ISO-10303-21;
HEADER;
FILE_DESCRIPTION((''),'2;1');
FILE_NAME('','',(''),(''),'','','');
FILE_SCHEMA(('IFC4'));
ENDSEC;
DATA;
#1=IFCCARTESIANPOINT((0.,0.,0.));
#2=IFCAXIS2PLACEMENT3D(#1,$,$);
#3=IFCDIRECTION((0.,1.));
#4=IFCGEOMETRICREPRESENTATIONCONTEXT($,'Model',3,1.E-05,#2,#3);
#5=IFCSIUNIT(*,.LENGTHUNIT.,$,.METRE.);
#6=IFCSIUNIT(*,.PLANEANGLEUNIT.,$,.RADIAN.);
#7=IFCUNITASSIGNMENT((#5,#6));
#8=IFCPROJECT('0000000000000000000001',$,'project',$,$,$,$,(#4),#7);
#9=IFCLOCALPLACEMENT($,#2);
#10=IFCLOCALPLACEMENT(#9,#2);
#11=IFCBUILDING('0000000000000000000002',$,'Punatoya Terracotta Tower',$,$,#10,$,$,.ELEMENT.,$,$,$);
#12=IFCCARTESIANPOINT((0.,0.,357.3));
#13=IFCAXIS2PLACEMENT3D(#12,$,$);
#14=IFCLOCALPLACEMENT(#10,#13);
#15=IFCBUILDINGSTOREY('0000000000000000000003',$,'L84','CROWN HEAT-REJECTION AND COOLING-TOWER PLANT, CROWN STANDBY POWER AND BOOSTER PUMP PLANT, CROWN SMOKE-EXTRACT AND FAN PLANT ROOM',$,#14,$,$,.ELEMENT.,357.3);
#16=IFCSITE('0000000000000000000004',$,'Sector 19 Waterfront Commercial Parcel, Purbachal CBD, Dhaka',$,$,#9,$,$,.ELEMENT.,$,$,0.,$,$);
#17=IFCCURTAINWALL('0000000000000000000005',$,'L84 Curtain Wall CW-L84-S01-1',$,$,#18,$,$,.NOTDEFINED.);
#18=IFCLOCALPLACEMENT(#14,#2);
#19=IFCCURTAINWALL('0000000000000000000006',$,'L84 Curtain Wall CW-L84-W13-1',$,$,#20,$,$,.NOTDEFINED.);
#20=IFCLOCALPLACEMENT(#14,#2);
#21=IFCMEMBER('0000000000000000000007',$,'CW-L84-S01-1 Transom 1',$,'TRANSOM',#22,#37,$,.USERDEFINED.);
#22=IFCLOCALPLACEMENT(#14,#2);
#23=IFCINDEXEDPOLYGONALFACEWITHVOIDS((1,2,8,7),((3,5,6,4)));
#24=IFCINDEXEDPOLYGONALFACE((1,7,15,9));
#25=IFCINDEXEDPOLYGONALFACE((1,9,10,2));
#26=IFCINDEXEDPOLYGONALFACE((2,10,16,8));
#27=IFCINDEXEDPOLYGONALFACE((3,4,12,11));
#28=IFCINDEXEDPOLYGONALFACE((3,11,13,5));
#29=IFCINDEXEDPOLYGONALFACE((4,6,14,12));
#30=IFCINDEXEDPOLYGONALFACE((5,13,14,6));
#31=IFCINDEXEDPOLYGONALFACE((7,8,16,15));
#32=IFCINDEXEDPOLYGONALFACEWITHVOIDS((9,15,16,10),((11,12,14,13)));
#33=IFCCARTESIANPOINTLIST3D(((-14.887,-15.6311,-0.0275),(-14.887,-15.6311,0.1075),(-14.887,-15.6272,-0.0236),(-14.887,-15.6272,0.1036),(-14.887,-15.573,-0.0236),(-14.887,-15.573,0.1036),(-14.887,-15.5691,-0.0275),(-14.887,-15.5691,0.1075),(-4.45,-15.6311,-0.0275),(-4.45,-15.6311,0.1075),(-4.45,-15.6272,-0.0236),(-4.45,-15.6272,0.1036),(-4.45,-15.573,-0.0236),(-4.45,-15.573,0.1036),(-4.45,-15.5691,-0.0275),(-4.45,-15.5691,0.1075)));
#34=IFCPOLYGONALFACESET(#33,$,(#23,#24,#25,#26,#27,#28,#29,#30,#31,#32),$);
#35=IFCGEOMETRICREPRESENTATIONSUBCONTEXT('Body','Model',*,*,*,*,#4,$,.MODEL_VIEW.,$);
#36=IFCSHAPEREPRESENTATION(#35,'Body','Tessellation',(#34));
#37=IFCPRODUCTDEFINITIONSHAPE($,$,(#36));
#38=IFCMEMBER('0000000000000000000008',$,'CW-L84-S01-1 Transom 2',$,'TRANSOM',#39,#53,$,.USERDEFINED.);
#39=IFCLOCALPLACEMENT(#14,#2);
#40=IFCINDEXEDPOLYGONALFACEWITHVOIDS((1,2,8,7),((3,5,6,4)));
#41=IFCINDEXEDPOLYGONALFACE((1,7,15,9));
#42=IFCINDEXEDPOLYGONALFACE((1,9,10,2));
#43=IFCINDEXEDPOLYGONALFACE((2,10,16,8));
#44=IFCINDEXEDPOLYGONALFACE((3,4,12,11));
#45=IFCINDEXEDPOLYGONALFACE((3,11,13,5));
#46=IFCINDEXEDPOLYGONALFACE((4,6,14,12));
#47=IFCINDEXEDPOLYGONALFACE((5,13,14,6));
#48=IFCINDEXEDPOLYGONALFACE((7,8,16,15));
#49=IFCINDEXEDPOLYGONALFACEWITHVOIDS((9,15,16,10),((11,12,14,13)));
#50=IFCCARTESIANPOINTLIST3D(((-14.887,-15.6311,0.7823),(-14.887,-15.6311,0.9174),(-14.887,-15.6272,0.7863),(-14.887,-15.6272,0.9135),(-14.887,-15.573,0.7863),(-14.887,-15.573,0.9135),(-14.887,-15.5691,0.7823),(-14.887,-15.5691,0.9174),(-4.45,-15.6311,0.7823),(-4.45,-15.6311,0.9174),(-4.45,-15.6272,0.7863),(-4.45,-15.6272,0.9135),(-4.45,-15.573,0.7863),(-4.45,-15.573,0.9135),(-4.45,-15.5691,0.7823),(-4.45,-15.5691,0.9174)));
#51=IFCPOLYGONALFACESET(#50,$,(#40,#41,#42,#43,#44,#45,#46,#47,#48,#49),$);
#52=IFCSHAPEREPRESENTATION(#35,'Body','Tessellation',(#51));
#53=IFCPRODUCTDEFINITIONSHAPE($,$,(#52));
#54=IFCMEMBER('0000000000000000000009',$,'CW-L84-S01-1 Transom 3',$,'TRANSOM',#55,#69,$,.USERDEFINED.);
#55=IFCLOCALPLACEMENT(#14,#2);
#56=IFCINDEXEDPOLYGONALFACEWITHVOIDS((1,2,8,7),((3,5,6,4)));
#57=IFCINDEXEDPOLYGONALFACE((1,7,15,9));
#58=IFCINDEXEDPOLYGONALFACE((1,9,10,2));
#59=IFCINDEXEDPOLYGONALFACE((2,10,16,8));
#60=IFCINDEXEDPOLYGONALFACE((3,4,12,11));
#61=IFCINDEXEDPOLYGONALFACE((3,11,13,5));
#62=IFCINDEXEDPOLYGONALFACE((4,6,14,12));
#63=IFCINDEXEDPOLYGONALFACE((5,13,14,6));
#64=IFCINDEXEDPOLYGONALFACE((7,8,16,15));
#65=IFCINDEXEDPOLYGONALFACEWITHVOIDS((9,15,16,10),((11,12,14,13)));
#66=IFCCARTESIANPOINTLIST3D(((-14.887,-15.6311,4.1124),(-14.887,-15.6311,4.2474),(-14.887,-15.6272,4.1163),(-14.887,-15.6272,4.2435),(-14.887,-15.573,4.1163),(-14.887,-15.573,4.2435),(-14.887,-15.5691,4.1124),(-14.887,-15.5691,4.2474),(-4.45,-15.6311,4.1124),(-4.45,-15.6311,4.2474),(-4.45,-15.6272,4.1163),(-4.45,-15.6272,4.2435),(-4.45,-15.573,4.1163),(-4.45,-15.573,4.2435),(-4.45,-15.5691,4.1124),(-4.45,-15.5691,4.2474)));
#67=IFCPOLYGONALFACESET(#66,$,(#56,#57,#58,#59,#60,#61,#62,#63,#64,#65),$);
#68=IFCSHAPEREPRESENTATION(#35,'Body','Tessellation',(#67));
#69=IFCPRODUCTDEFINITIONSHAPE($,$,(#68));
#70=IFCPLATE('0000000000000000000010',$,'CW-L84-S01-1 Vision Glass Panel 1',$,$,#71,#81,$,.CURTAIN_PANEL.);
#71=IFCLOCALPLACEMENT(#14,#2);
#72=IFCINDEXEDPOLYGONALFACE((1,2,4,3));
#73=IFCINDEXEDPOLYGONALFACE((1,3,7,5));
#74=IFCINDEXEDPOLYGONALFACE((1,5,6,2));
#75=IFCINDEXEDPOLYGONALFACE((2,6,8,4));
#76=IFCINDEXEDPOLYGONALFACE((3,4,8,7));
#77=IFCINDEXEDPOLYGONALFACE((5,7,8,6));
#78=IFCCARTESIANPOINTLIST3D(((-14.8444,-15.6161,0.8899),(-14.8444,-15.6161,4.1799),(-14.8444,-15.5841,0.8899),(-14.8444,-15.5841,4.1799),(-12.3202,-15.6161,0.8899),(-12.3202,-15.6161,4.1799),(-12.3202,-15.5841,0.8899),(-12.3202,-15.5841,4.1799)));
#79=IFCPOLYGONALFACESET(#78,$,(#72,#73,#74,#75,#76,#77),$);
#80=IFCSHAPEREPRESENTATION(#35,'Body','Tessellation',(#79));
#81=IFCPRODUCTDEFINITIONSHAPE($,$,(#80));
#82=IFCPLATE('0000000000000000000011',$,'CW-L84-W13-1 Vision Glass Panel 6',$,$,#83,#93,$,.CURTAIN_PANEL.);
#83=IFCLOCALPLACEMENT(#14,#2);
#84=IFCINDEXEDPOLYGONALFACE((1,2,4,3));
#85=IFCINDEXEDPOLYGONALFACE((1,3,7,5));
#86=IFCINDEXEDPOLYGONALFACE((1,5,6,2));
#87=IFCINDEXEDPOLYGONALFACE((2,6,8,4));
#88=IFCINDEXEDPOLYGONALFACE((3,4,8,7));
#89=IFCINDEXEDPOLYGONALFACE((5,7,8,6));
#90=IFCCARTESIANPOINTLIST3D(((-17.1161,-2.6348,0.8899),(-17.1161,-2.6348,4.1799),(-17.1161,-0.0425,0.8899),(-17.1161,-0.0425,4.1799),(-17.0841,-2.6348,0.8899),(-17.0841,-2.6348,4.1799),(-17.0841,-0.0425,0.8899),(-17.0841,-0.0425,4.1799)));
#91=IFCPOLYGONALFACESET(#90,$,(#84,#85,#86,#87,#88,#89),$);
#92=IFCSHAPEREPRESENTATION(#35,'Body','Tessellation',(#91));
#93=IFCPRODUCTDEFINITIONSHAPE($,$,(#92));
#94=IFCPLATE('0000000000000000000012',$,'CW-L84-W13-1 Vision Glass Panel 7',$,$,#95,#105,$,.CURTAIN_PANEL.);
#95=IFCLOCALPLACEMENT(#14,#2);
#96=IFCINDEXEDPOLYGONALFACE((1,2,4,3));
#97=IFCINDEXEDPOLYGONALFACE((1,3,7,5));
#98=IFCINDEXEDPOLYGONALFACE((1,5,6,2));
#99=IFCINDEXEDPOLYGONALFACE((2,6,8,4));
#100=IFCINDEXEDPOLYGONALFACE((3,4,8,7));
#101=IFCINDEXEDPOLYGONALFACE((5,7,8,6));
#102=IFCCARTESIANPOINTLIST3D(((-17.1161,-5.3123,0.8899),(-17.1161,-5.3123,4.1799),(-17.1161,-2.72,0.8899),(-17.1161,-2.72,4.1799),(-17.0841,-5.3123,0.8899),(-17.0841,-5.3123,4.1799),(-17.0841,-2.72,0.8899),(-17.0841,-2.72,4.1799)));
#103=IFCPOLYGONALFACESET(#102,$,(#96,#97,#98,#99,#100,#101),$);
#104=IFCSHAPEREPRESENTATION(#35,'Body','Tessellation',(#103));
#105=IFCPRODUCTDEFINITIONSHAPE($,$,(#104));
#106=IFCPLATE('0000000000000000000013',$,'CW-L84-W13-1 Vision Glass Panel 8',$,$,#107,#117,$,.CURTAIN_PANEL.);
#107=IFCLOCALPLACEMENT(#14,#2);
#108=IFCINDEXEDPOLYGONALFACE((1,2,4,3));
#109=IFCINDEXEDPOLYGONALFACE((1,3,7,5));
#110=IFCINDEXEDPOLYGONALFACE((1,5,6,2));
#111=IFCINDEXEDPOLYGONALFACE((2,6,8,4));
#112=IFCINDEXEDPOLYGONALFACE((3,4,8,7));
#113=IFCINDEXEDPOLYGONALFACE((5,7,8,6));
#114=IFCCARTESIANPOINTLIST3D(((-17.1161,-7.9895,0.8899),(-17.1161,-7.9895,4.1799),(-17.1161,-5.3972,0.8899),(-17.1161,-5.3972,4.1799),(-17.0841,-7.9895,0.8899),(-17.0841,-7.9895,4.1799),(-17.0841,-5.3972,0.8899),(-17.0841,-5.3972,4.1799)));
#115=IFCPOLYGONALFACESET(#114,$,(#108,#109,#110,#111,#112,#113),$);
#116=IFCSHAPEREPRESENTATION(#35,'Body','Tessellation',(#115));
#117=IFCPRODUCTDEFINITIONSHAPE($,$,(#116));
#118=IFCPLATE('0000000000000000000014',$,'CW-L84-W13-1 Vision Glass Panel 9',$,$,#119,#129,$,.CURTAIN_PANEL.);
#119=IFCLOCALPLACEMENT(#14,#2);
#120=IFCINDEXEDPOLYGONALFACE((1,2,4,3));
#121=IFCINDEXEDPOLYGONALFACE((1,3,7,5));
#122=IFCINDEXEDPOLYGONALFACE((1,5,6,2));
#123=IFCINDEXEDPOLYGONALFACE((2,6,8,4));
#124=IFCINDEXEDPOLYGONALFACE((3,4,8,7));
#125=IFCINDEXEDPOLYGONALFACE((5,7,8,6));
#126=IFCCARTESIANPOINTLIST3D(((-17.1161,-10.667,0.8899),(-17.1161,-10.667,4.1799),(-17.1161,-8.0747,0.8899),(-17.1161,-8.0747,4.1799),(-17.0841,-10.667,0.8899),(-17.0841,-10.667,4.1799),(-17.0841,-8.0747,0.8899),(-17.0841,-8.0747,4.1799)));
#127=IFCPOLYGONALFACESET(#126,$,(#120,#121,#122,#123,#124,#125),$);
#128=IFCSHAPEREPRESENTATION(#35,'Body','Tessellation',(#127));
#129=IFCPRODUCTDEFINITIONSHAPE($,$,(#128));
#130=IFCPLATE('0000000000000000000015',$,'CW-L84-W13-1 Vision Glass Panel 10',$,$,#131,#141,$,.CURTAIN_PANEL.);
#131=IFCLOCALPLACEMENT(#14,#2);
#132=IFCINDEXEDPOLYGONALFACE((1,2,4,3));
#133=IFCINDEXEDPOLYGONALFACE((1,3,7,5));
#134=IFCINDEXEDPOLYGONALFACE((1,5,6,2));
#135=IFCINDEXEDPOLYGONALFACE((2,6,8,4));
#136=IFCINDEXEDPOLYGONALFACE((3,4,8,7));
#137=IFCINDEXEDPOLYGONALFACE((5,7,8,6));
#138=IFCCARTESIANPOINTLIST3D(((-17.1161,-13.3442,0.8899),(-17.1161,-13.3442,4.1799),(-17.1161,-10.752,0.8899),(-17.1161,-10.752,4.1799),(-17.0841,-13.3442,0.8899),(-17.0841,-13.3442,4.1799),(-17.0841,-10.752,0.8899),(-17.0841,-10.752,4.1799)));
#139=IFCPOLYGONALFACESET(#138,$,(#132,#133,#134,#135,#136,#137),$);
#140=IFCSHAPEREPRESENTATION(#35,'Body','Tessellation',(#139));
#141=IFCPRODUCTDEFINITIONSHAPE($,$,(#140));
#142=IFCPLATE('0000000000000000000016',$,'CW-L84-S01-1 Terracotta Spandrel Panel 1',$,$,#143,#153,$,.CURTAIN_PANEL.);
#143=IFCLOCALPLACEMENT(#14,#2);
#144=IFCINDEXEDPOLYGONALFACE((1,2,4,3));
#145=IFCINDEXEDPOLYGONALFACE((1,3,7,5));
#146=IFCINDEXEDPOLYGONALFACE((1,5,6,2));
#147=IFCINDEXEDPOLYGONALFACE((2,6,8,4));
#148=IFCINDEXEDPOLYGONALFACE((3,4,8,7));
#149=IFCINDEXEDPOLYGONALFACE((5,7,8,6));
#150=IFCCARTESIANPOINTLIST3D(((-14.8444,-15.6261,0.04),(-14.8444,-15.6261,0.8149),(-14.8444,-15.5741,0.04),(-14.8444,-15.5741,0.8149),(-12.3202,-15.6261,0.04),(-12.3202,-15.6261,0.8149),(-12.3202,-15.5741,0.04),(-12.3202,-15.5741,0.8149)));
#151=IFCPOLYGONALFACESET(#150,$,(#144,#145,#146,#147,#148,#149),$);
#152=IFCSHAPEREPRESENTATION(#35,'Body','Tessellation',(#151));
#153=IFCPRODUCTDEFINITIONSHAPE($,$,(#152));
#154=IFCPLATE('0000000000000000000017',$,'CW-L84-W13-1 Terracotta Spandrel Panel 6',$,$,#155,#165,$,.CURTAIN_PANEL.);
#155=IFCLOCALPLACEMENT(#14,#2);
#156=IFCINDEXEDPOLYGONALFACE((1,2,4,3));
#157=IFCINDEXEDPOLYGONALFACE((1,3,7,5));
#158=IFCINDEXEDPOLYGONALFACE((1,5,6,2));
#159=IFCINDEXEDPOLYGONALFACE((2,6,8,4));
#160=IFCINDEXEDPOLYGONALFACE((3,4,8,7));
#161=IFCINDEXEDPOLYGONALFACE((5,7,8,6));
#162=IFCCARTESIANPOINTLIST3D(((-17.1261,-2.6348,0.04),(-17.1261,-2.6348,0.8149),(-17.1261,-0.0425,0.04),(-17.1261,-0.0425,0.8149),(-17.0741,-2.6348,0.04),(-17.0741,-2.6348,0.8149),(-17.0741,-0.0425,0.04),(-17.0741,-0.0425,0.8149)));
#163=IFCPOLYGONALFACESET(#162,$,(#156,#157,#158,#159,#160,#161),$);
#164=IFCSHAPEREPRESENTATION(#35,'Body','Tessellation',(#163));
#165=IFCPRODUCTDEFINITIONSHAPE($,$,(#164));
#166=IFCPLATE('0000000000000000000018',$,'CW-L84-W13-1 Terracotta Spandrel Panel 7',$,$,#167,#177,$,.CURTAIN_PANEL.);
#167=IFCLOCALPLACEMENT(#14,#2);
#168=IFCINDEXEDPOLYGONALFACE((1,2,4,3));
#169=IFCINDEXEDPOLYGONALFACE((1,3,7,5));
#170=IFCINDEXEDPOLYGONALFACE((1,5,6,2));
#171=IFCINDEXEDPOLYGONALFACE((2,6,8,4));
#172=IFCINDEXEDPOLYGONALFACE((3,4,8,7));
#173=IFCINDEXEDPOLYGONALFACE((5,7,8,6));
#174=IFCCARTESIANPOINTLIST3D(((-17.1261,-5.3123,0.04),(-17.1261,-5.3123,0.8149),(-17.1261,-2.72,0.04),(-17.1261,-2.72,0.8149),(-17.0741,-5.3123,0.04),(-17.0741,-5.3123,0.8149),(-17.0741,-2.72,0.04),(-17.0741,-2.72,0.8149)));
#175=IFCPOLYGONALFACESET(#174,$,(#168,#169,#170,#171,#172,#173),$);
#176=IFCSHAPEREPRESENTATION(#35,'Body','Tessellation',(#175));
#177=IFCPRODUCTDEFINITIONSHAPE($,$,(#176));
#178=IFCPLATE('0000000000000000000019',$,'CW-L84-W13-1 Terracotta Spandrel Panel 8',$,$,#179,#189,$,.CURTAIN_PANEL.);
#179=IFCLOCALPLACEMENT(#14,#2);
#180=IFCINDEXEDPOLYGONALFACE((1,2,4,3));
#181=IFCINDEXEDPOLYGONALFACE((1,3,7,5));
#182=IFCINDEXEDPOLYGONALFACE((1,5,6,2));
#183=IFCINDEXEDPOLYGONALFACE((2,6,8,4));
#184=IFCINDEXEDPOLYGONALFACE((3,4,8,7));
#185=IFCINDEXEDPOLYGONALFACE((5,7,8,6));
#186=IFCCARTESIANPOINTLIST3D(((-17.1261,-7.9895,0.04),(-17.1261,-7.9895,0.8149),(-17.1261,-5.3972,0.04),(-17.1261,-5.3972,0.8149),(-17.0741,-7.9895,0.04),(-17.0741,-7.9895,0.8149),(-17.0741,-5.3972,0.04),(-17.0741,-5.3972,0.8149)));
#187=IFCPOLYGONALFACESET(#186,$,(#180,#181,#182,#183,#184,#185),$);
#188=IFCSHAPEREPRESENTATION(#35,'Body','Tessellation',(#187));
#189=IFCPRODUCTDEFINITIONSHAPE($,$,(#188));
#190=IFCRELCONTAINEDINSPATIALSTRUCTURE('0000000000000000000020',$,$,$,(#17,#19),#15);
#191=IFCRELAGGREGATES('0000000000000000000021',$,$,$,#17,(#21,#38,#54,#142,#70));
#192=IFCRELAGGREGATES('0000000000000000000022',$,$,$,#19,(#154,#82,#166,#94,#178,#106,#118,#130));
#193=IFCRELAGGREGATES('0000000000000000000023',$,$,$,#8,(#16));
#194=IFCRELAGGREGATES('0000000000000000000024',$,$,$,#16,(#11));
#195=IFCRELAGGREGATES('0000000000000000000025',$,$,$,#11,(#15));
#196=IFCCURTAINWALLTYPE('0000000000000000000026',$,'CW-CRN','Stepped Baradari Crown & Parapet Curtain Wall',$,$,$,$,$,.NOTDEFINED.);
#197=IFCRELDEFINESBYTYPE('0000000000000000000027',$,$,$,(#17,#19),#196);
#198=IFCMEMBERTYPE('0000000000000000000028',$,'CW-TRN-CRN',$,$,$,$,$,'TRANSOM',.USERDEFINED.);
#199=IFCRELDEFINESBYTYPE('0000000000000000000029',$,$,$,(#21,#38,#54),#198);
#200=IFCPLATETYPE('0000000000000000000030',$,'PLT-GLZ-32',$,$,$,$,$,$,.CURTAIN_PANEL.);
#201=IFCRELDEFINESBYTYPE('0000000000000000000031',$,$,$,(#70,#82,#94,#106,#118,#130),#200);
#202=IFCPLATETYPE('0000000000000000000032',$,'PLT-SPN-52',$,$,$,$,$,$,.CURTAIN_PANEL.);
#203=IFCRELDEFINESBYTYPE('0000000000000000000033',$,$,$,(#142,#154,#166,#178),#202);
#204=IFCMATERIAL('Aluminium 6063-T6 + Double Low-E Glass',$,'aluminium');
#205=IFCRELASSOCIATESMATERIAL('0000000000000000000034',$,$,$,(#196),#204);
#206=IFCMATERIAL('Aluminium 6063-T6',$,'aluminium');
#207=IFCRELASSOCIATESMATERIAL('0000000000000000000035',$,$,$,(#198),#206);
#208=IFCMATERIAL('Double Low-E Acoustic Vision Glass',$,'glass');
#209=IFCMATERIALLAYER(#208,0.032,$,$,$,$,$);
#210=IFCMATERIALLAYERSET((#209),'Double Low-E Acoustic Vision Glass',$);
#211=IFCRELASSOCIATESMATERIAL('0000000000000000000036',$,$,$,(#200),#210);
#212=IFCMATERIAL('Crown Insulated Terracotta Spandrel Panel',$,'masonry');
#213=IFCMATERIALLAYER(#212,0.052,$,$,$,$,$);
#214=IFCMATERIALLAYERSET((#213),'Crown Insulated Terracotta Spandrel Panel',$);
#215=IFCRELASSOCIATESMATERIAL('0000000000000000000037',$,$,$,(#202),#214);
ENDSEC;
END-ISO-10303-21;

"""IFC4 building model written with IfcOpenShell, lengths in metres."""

from ifc_helpers import new_model, si_unit, direction, frame, origin, origin_2d, place, context, subcontext, project, spatial, rectangle, hollow_rectangle, extrude, material, layer, layer_set, material_profile, profile_set, type_object, element, aggregate, save


model = new_model("IFC4")

# Units and contexts
model_context = context("Model", 3, precision=1e-05, world=origin(), true_north=direction((0.0, 1.0)))
body_context = subcontext(model_context, "Body", "Model", "MODEL_VIEW")
ifc_project = project(units=[si_unit("LENGTHUNIT", "METRE"), si_unit("PLANEANGLEUNIT", "RADIAN")], contexts=[model_context])

# Site, building, storey
site_placement = place(None, origin())
site = spatial("IfcSite", under=ifc_project, at=site_placement, Name="Sector 19 Waterfront Commercial Parcel, Purbachal CBD, Dhaka", CompositionType="ELEMENT", RefElevation=0.0)
building_placement = place(site_placement, origin())
building = spatial("IfcBuilding", under=site, at=building_placement, Name="Punatoya Terracotta Tower", CompositionType="ELEMENT")
storey_placement = place(building_placement, frame((0.0, 0.0, 357.3)))
storey = spatial("IfcBuildingStorey", under=building, at=storey_placement, Name="L84", Description="CROWN HEAT-REJECTION AND COOLING-TOWER PLANT, CROWN STANDBY POWER AND BOOSTER PUMP PLANT, CROWN SMOKE-EXTRACT AND FAN PLANT ROOM", CompositionType="ELEMENT", Elevation=357.3)

# Curtain walls
ifc_material_1 = material(Name="Aluminium 6063-T6 + Double Low-E Glass", Category="aluminium")
curtain_wall_type = type_object("IfcCurtainWallType", Name="CW-CRN", Description="Stepped Baradari Crown & Parapet Curtain Wall", PredefinedType="NOTDEFINED", material=ifc_material_1)
curtain_wall_1_placement = place(storey_placement, origin())
curtain_wall_1 = element("IfcCurtainWall", 1, at=curtain_wall_1_placement, inside=storey, type_object=curtain_wall_type, Name="L84 Curtain Wall CW-L84-S01-1", PredefinedType="NOTDEFINED")
ifc_material_2 = material(Name="Aluminium 6063-T6", Category="aluminium")
curtain_wall_2_placement = place(storey_placement, origin())
curtain_wall_2 = element("IfcCurtainWall", 2, at=curtain_wall_2_placement, inside=storey, type_object=curtain_wall_type, Name="L84 Curtain Wall CW-L84-W13-1", PredefinedType="NOTDEFINED")

# Members
ifc_material_profile_1 = material_profile(ifc_material_2, hollow_rectangle(XDim=0.062, YDim=0.135, WallThickness=0.0039, at=origin_2d()))
ifc_profile_set_1 = profile_set([ifc_material_profile_1], Name="Aluminium 6063-T6")
member_type_1 = type_object("IfcMemberType", Name="CW-TRN-CRN", ElementType="TRANSOM", PredefinedType="USERDEFINED", material=ifc_profile_set_1)
member_1_placement = place(storey_placement, frame((-14.887, -15.6001, 0.04), z_axis=(1.0, 0.0, 0.0), x_axis=(0.0, 1.0, 0.0)))
member_1 = element("IfcMember", 3, at=member_1_placement, type_object=member_type_1, Name="CW-L84-S01-1 Transom 1", ObjectType="TRANSOM", PredefinedType="USERDEFINED", context=body_context, shape_type="SweptSolid", body=[
    extrude(hollow_rectangle(XDim=0.062, YDim=0.135, WallThickness=0.0039, at=origin_2d()), origin(), (0.0, 0.0, 1.0), 10.437),
])
member_2_placement = place(storey_placement, frame((-14.887, -15.6001, 0.8499), z_axis=(1.0, 0.0, 0.0), x_axis=(0.0, 1.0, 0.0)))
member_2 = element("IfcMember", 4, at=member_2_placement, type_object=member_type_1, Name="CW-L84-S01-1 Transom 2", ObjectType="TRANSOM", PredefinedType="USERDEFINED", context=body_context, shape_type="SweptSolid", body=[
    extrude(hollow_rectangle(XDim=0.062, YDim=0.135, WallThickness=0.0039, at=origin_2d()), origin(), (0.0, 0.0, 1.0), 10.437),
])
member_3_placement = place(storey_placement, frame((-14.887, -15.6001, 4.1799), z_axis=(1.0, 0.0, 0.0), x_axis=(0.0, 1.0, 0.0)))
member_3 = element("IfcMember", 5, at=member_3_placement, type_object=member_type_1, Name="CW-L84-S01-1 Transom 3", ObjectType="TRANSOM", PredefinedType="USERDEFINED", context=body_context, shape_type="SweptSolid", body=[
    extrude(hollow_rectangle(XDim=0.062, YDim=0.135, WallThickness=0.0039, at=origin_2d()), origin(), (0.0, 0.0, 1.0), 10.437),
])

# Plates
ifc_material_3 = material(Name="Double Low-E Acoustic Vision Glass", Category="glass")
ifc_layer_1 = layer(ifc_material_3, 0.032)
ifc_layer_set_1 = layer_set([ifc_layer_1], Name="Double Low-E Acoustic Vision Glass")
plate_type_1 = type_object("IfcPlateType", Name="PLT-GLZ-32", PredefinedType="CURTAIN_PANEL", material=ifc_layer_set_1)
plate_1_placement = place(storey_placement, frame((-13.5823, -15.6001, 0.8899), z_axis=(0.0, 0.0, 1.0), x_axis=(1.0, 0.0, 0.0)))
plate_1 = element("IfcPlate", 6, at=plate_1_placement, type_object=plate_type_1, Name="CW-L84-S01-1 Vision Glass Panel 1", PredefinedType="CURTAIN_PANEL", context=body_context, shape_type="SweptSolid", body=[
    extrude(rectangle(XDim=2.5242, YDim=0.032, at=origin_2d()), origin(), (0.0, 0.0, 1.0), 3.29),
])
plate_2_placement = place(storey_placement, frame((-17.1001, -1.3386, 0.8899), z_axis=(0.0, 0.0, 1.0), x_axis=(0.0, -1.0, 0.0)))
plate_2 = element("IfcPlate", 7, at=plate_2_placement, type_object=plate_type_1, Name="CW-L84-W13-1 Vision Glass Panel 6", PredefinedType="CURTAIN_PANEL", context=body_context, shape_type="SweptSolid", body=[
    extrude(rectangle(XDim=2.5923, YDim=0.032, at=origin_2d()), origin(), (0.0, 0.0, 1.0), 3.29),
])
plate_3_placement = place(storey_placement, frame((-17.1001, -4.0161, 0.8899), z_axis=(0.0, 0.0, 1.0), x_axis=(0.0, -1.0, 0.0)))
plate_3 = element("IfcPlate", 8, at=plate_3_placement, type_object=plate_type_1, Name="CW-L84-W13-1 Vision Glass Panel 7", PredefinedType="CURTAIN_PANEL", context=body_context, shape_type="SweptSolid", body=[
    extrude(rectangle(XDim=2.5923, YDim=0.032, at=origin_2d()), origin(), (0.0, 0.0, 1.0), 3.29),
])
plate_4_placement = place(storey_placement, frame((-17.1001, -6.6934, 0.8899), z_axis=(0.0, 0.0, 1.0), x_axis=(0.0, -1.0, 0.0)))
plate_4 = element("IfcPlate", 9, at=plate_4_placement, type_object=plate_type_1, Name="CW-L84-W13-1 Vision Glass Panel 8", PredefinedType="CURTAIN_PANEL", context=body_context, shape_type="SweptSolid", body=[
    extrude(rectangle(XDim=2.5923, YDim=0.032, at=origin_2d()), origin(), (0.0, 0.0, 1.0), 3.29),
])
plate_5_placement = place(storey_placement, frame((-17.1001, -9.3708, 0.8899), z_axis=(0.0, 0.0, 1.0), x_axis=(0.0, -1.0, 0.0)))
plate_5 = element("IfcPlate", 10, at=plate_5_placement, type_object=plate_type_1, Name="CW-L84-W13-1 Vision Glass Panel 9", PredefinedType="CURTAIN_PANEL", context=body_context, shape_type="SweptSolid", body=[
    extrude(rectangle(XDim=2.5923, YDim=0.032, at=origin_2d()), origin(), (0.0, 0.0, 1.0), 3.29),
])
plate_6_placement = place(storey_placement, frame((-17.1001, -12.0481, 0.8899), z_axis=(0.0, 0.0, 1.0), x_axis=(0.0, -1.0, 0.0)))
plate_6 = element("IfcPlate", 11, at=plate_6_placement, type_object=plate_type_1, Name="CW-L84-W13-1 Vision Glass Panel 10", PredefinedType="CURTAIN_PANEL", context=body_context, shape_type="SweptSolid", body=[
    extrude(rectangle(XDim=2.5923, YDim=0.032, at=origin_2d()), origin(), (0.0, 0.0, 1.0), 3.29),
])
ifc_material_4 = material(Name="Crown Insulated Terracotta Spandrel Panel", Category="masonry")
ifc_layer_2 = layer(ifc_material_4, 0.052)
ifc_layer_set_2 = layer_set([ifc_layer_2], Name="Crown Insulated Terracotta Spandrel Panel")
plate_type_2 = type_object("IfcPlateType", Name="PLT-SPN-52", PredefinedType="CURTAIN_PANEL", material=ifc_layer_set_2)
plate_7_placement = place(storey_placement, frame((-13.5823, -15.6001, 0.04), z_axis=(0.0, 0.0, 1.0), x_axis=(1.0, 0.0, 0.0)))
plate_7 = element("IfcPlate", 12, at=plate_7_placement, type_object=plate_type_2, Name="CW-L84-S01-1 Terracotta Spandrel Panel 1", PredefinedType="CURTAIN_PANEL", context=body_context, shape_type="SweptSolid", body=[
    extrude(rectangle(XDim=2.5242, YDim=0.052, at=origin_2d()), origin(), (0.0, 0.0, 1.0), 0.7749),
])
aggregate(curtain_wall_1, [member_1, member_2, member_3, plate_7, plate_1])
plate_8_placement = place(storey_placement, frame((-17.1001, -1.3386, 0.04), z_axis=(0.0, 0.0, 1.0), x_axis=(0.0, -1.0, 0.0)))
plate_8 = element("IfcPlate", 13, at=plate_8_placement, type_object=plate_type_2, Name="CW-L84-W13-1 Terracotta Spandrel Panel 6", PredefinedType="CURTAIN_PANEL", context=body_context, shape_type="SweptSolid", body=[
    extrude(rectangle(XDim=2.5923, YDim=0.052, at=origin_2d()), origin(), (0.0, 0.0, 1.0), 0.7749),
])
plate_9_placement = place(storey_placement, frame((-17.1001, -4.0161, 0.04), z_axis=(0.0, 0.0, 1.0), x_axis=(0.0, -1.0, 0.0)))
plate_9 = element("IfcPlate", 14, at=plate_9_placement, type_object=plate_type_2, Name="CW-L84-W13-1 Terracotta Spandrel Panel 7", PredefinedType="CURTAIN_PANEL", context=body_context, shape_type="SweptSolid", body=[
    extrude(rectangle(XDim=2.5923, YDim=0.052, at=origin_2d()), origin(), (0.0, 0.0, 1.0), 0.7749),
])
plate_10_placement = place(storey_placement, frame((-17.1001, -6.6934, 0.04), z_axis=(0.0, 0.0, 1.0), x_axis=(0.0, -1.0, 0.0)))
plate_10 = element("IfcPlate", 15, at=plate_10_placement, type_object=plate_type_2, Name="CW-L84-W13-1 Terracotta Spandrel Panel 8", PredefinedType="CURTAIN_PANEL", context=body_context, shape_type="SweptSolid", body=[
    extrude(rectangle(XDim=2.5923, YDim=0.052, at=origin_2d()), origin(), (0.0, 0.0, 1.0), 0.7749),
])
aggregate(curtain_wall_2, [plate_8, plate_2, plate_9, plate_3, plate_10, plate_4, plate_5, plate_6])

save(model, "model.ifc")
